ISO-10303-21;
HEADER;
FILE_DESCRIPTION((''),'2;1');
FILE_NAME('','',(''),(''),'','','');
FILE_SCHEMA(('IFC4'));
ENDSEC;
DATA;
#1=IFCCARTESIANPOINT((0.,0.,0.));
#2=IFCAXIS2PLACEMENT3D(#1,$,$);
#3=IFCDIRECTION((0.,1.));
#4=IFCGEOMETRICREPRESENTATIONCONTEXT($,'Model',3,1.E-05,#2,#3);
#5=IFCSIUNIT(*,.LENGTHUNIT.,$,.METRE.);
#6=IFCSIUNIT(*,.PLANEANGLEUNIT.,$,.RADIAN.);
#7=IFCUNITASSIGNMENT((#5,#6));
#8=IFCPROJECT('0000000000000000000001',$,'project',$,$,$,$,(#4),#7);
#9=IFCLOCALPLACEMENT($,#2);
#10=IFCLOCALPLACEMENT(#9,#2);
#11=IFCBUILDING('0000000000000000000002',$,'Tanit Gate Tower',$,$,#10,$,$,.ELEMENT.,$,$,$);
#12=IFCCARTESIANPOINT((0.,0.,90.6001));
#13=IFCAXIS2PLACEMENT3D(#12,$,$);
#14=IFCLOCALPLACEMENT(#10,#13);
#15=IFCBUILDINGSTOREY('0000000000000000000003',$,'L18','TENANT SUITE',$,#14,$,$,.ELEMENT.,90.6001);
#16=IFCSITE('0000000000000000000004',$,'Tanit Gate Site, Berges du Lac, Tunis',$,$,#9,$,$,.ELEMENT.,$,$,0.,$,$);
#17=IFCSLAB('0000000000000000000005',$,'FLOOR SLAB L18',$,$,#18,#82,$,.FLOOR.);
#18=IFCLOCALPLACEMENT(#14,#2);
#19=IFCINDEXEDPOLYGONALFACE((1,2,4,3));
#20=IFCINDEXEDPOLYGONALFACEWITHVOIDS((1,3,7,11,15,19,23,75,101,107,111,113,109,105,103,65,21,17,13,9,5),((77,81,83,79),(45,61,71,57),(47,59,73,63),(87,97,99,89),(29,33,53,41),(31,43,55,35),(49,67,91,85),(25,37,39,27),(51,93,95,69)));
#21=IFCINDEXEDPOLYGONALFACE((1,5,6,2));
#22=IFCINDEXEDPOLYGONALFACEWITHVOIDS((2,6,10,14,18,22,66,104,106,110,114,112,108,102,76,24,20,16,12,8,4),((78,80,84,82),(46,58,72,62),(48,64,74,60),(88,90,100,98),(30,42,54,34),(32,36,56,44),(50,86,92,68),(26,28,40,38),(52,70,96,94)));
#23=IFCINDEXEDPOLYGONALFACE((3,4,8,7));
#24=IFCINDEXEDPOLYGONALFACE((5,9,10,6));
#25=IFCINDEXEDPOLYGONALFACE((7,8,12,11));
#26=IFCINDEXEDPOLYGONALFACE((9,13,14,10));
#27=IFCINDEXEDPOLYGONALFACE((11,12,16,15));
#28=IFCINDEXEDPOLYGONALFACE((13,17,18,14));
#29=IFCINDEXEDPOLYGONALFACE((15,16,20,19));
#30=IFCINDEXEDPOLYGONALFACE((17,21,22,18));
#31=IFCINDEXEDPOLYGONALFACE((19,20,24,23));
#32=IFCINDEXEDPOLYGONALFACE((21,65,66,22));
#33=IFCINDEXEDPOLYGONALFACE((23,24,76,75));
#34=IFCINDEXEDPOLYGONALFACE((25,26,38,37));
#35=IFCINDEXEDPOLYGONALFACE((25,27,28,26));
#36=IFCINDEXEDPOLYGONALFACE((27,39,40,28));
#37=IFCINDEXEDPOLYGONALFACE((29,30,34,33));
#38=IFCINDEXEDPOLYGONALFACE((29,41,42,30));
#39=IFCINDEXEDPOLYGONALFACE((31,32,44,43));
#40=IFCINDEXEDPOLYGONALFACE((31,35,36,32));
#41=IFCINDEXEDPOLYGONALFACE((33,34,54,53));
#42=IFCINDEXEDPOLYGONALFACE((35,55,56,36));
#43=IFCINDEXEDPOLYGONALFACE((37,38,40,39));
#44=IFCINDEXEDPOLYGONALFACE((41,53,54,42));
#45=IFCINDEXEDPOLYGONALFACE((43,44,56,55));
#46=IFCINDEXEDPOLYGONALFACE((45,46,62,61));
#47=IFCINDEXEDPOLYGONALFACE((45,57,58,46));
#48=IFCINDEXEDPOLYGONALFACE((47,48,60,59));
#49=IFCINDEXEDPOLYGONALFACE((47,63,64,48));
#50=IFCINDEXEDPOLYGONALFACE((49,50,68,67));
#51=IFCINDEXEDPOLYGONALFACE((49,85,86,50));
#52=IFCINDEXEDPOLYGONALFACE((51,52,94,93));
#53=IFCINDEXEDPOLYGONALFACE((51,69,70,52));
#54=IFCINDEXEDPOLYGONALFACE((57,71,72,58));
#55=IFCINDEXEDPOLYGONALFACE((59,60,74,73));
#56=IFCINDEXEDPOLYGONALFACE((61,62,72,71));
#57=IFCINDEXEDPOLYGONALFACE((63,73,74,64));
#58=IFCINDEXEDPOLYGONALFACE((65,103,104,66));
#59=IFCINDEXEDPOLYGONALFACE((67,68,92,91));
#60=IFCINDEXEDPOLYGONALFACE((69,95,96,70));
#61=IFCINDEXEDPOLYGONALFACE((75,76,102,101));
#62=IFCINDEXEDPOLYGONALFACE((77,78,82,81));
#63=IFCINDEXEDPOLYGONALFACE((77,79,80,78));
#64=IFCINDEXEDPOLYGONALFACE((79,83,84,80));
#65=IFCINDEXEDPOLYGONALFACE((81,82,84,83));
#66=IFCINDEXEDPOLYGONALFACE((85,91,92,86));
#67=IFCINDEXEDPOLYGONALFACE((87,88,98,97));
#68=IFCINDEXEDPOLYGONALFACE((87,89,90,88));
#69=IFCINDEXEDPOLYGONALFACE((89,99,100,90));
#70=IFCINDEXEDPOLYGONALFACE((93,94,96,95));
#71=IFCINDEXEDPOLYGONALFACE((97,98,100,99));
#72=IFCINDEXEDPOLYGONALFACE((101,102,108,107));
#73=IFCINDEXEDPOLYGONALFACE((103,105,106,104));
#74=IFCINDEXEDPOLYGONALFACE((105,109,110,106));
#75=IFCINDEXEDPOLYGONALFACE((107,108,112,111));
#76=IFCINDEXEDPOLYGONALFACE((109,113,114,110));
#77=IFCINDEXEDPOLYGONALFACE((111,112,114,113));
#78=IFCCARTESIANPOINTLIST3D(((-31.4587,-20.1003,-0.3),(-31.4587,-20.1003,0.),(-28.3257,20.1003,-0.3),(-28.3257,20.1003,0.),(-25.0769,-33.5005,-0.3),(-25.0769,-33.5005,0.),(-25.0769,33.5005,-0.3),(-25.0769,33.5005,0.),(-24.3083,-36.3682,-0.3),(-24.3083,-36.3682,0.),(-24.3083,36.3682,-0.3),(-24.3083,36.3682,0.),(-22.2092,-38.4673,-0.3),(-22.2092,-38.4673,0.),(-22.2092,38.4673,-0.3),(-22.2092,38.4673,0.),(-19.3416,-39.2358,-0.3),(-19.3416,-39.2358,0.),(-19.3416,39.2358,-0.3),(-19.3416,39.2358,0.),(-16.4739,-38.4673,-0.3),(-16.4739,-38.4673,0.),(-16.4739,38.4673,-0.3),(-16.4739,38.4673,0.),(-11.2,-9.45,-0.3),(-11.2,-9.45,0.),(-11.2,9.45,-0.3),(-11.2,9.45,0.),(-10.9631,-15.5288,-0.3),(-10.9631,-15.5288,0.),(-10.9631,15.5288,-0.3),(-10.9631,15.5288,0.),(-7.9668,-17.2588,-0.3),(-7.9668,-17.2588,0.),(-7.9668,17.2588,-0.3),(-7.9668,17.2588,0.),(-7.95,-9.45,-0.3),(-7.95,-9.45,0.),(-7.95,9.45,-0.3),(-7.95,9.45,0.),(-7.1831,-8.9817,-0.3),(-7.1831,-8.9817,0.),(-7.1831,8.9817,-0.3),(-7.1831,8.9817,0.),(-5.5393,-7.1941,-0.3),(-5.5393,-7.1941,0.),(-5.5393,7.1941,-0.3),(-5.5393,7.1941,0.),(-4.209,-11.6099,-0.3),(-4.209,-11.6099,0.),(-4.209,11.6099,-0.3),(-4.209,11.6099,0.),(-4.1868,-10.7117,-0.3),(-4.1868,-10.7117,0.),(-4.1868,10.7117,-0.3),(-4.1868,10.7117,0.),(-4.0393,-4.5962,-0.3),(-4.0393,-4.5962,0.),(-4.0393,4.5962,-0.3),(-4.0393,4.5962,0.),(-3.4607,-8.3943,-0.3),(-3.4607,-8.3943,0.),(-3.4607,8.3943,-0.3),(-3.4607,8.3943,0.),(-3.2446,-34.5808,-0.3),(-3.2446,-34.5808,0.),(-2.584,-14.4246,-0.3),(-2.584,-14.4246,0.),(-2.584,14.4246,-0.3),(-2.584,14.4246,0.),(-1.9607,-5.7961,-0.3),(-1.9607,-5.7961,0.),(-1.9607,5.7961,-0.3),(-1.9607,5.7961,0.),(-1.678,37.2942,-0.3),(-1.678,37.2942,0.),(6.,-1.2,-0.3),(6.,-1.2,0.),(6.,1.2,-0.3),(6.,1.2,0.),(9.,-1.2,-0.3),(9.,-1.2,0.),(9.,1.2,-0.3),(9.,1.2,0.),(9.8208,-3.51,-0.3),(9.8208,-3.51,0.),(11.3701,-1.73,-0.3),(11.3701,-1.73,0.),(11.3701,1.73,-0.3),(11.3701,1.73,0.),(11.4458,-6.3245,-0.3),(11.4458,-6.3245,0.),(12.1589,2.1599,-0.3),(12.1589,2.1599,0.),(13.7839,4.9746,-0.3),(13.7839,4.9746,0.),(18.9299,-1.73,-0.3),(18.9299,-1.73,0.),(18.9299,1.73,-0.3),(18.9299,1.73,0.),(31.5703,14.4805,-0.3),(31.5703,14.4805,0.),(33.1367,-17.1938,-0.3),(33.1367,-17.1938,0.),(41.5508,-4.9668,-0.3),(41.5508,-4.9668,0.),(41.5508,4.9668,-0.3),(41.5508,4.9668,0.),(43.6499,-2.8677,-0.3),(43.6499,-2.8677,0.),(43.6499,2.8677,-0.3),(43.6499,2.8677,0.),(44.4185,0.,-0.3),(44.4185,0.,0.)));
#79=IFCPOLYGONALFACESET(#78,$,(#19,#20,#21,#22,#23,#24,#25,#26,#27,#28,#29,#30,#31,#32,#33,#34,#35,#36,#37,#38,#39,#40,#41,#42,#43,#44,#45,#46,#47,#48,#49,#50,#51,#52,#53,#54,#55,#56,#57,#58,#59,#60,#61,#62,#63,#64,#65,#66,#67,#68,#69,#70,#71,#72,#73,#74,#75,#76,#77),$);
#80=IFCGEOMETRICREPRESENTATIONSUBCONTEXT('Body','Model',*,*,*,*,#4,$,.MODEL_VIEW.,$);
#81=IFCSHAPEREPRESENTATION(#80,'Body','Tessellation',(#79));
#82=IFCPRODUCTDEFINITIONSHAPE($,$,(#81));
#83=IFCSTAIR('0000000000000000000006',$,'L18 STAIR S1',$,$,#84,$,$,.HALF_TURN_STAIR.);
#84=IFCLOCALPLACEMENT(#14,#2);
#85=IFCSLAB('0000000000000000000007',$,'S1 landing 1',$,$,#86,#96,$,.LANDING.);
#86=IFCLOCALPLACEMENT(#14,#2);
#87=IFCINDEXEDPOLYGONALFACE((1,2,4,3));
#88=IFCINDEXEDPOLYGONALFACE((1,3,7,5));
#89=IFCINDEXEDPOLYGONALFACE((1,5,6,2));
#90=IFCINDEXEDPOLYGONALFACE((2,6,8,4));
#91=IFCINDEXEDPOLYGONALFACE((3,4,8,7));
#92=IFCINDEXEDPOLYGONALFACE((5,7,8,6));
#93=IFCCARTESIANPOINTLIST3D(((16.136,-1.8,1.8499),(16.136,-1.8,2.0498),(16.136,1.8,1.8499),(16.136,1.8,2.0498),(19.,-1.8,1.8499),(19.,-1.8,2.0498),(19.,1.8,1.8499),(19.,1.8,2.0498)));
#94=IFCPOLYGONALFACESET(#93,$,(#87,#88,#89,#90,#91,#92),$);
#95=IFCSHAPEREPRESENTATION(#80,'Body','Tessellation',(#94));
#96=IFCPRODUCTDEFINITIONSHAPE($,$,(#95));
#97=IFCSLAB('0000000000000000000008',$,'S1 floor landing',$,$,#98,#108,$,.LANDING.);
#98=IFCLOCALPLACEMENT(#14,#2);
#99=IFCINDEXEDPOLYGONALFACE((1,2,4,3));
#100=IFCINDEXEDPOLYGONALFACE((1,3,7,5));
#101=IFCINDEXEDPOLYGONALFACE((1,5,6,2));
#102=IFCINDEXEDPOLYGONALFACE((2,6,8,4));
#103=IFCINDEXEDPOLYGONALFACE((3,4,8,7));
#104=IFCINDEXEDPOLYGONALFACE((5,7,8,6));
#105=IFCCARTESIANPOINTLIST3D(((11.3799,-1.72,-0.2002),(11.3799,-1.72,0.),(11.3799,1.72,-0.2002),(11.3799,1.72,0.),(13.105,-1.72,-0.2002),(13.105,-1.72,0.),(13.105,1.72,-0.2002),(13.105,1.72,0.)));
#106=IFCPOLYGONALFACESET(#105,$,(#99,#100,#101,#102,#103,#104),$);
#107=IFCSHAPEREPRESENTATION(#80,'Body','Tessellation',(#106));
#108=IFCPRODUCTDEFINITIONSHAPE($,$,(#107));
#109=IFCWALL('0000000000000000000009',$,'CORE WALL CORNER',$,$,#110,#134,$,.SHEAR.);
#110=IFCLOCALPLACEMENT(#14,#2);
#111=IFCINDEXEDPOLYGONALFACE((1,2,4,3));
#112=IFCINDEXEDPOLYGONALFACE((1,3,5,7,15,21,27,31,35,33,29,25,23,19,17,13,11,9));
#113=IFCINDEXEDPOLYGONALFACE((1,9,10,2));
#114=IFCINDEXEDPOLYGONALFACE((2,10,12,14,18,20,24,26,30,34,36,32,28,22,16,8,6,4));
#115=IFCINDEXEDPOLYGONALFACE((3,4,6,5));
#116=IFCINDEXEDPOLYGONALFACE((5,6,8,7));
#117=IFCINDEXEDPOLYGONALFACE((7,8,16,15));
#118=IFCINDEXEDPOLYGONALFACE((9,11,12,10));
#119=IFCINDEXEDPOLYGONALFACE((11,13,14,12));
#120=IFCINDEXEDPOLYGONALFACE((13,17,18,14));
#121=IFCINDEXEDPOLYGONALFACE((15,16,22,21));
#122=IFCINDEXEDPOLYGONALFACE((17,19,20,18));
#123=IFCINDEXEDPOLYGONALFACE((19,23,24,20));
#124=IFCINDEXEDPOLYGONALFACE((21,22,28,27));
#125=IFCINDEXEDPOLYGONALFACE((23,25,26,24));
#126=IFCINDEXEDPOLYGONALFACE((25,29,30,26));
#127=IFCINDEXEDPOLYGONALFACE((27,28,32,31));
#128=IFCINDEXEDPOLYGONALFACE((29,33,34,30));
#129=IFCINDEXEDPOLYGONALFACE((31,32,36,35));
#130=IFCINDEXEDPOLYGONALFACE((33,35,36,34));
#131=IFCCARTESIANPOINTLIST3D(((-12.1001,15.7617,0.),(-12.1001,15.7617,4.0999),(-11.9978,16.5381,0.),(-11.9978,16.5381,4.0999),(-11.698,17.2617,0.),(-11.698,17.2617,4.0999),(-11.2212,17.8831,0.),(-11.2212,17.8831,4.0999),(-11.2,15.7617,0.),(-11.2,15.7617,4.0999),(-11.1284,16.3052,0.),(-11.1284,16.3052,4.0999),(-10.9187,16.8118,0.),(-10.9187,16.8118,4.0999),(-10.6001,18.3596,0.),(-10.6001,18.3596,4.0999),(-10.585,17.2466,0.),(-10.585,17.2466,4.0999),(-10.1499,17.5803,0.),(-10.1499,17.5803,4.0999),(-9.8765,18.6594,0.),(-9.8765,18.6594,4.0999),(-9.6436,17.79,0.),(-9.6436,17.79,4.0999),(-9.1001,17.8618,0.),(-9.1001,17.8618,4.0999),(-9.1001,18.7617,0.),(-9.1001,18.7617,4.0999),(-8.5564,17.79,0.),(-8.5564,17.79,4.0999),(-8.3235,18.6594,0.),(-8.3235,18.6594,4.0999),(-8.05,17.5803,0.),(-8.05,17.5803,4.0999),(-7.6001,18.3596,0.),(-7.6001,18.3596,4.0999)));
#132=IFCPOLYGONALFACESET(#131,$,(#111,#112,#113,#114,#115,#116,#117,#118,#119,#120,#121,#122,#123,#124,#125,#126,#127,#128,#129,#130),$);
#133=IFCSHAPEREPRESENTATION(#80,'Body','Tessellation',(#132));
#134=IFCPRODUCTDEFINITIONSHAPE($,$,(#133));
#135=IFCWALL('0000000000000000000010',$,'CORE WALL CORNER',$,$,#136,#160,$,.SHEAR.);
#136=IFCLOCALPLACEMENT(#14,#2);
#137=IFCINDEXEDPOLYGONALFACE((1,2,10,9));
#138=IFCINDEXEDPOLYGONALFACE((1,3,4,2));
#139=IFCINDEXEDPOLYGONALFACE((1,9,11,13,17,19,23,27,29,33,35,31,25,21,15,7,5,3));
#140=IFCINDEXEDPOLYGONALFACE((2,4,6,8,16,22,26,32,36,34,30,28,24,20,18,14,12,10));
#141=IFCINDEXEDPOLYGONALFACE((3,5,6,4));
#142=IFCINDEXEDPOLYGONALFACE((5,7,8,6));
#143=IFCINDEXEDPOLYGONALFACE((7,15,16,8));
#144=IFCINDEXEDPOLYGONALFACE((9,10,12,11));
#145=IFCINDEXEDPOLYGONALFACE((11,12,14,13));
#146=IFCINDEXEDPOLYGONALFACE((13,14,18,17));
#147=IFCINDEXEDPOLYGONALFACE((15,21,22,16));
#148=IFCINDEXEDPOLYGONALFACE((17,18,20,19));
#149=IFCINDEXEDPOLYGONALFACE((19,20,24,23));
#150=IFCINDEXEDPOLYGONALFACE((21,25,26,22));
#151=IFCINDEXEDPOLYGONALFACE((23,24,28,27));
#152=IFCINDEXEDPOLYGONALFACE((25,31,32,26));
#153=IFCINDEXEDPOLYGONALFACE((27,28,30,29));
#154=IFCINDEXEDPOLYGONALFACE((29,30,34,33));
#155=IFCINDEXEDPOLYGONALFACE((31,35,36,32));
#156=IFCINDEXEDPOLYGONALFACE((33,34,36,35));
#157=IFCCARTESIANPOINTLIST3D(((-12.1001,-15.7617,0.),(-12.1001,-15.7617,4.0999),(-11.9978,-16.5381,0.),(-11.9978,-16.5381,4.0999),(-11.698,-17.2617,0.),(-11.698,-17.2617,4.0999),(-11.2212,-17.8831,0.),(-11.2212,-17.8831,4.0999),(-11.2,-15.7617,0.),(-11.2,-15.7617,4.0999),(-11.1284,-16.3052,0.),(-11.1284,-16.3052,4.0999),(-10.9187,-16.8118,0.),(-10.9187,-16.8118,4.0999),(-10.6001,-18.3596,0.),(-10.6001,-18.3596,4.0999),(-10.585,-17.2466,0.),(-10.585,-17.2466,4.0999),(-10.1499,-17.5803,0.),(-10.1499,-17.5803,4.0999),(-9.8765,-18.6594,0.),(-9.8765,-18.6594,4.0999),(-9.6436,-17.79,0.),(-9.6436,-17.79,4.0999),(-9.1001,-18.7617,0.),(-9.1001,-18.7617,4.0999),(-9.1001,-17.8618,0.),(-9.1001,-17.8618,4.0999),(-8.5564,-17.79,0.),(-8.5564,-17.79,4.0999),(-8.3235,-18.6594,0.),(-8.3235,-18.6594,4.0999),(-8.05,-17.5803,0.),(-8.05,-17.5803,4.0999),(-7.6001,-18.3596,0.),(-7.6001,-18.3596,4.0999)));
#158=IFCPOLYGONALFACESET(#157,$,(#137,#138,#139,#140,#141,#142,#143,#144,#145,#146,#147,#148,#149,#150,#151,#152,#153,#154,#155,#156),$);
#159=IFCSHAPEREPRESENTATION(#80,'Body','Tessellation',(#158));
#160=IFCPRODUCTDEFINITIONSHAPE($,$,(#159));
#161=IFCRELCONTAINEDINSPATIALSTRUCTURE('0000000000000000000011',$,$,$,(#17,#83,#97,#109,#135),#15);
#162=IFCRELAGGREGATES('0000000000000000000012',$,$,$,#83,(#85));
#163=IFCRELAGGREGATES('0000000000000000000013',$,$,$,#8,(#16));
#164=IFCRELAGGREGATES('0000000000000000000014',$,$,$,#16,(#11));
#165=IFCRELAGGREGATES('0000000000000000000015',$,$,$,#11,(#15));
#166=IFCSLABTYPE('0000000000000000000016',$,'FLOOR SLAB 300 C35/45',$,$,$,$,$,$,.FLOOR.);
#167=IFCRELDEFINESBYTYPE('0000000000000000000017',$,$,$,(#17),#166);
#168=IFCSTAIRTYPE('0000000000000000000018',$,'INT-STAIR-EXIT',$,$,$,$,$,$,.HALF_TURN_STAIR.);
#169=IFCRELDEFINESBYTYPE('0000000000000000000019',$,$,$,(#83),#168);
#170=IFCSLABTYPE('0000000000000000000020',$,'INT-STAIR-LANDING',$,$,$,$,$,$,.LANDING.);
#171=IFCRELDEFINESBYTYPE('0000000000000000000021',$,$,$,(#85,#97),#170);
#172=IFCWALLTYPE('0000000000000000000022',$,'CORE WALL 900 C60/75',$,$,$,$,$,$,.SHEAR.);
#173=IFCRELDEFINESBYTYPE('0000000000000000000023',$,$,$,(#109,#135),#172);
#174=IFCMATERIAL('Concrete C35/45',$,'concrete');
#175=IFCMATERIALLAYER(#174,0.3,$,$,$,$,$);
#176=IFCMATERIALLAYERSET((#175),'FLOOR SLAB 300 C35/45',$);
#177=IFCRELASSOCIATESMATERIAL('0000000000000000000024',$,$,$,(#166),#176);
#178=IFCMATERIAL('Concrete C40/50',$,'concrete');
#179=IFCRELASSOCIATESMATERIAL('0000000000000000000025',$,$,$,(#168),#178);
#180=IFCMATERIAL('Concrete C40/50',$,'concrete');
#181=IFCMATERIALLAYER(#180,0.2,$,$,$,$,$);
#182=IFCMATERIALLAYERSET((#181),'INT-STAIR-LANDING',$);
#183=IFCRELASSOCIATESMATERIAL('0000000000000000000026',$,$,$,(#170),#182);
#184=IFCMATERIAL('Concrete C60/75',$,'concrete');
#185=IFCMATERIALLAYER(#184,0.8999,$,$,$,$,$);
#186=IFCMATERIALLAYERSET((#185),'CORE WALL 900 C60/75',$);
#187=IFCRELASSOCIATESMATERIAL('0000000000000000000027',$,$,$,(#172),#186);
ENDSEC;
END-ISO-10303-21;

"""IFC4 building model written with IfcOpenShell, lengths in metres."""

from ifc_helpers import new_model, si_unit, direction, frame, origin, place, context, subcontext, project, spatial, polyline, outline, extrude, material, layer, layer_set, type_object, element, aggregate, save


model = new_model("IFC4")

# Units and contexts
model_context = context("Model", 3, precision=1e-05, world=origin(), true_north=direction((0.0, 1.0)))
body_context = subcontext(model_context, "Body", "Model", "MODEL_VIEW")
ifc_project = project(units=[si_unit("LENGTHUNIT", "METRE"), si_unit("PLANEANGLEUNIT", "RADIAN")], contexts=[model_context])

# Site, building, storey
site_placement = place(None, origin())
site = spatial("IfcSite", under=ifc_project, at=site_placement, Name="Tanit Gate Site, Berges du Lac, Tunis", CompositionType="ELEMENT", RefElevation=0.0)
building_placement = place(site_placement, origin())
building = spatial("IfcBuilding", under=site, at=building_placement, Name="Tanit Gate Tower", CompositionType="ELEMENT")
storey_placement = place(building_placement, frame((0.0, 0.0, 90.6001)))
storey = spatial("IfcBuildingStorey", under=building, at=storey_placement, Name="L18", Description="TENANT SUITE", CompositionType="ELEMENT", Elevation=90.6001)

# Slab
ifc_material_1 = material(Name="Concrete C35/45", Category="concrete")
ifc_layer_1 = layer(ifc_material_1, 0.3)
ifc_layer_set_1 = layer_set([ifc_layer_1], Name="FLOOR SLAB 300 C35/45")
slab_type_1 = type_object("IfcSlabType", Name="FLOOR SLAB 300 C35/45", PredefinedType="FLOOR", material=ifc_layer_set_1)
slab_1_placement = place(storey_placement, frame((0.0, 0.0, -0.3)))
element("IfcSlab", 1, at=slab_1_placement, inside=storey, type_object=slab_type_1, Name="FLOOR SLAB L18", PredefinedType="FLOOR", context=body_context, shape_type="SweptSolid", body=[
    extrude(outline(polyline([(41.5508, 4.9668), (43.6499, 2.8677), (44.4185, 0.0), (43.6499, -2.8677), (41.5508, -4.9668), (33.1367, -17.1938), (-3.2446, -34.5808), (-16.4739, -38.4673), (-19.3416, -39.2358), (-22.2092, -38.4673), (-24.3083, -36.3682), (-25.0769, -33.5005), (-31.4587, -20.1003), (-28.3257, 20.1003), (-25.0769, 33.5005), (-24.3083, 36.3682), (-22.2092, 38.4673), (-19.3416, 39.2358), (-16.4739, 38.4673), (-1.678, 37.2942), (31.5703, 14.4805), (41.5508, 4.9668)]), holes=[polyline([(11.3701, 1.73), (18.9299, 1.73), (18.9299, -1.73), (11.3701, -1.73), (11.3701, 1.73)]), polyline([(-4.209, 11.6099), (-2.584, 14.4246), (13.7839, 4.9746), (12.1589, 2.1599), (-4.209, 11.6099)]), polyline([(-4.209, -11.6099), (9.8208, -3.51), (11.4458, -6.3245), (-2.584, -14.4246), (-4.209, -11.6099)]), polyline([(9.0, 1.2), (9.0, -1.2), (6.0, -1.2), (6.0, 1.2), (9.0, 1.2)]), polyline([(-5.5393, 7.1941), (-3.4607, 8.3943), (-1.9607, 5.7961), (-4.0393, 4.5962), (-5.5393, 7.1941)]), polyline([(-1.9607, -5.7961), (-3.4607, -8.3943), (-5.5393, -7.1941), (-4.0393, -4.5962), (-1.9607, -5.7961)]), polyline([(-10.9631, 15.5288), (-7.9668, 17.2588), (-4.1868, 10.7117), (-7.1831, 8.9817), (-10.9631, 15.5288)]), polyline([(-4.1868, -10.7117), (-7.9668, -17.2588), (-10.9631, -15.5288), (-7.1831, -8.9817), (-4.1868, -10.7117)]), polyline([(-11.2, -9.45), (-11.2, 9.45), (-7.95, 9.45), (-7.95, -9.45), (-11.2, -9.45)])]), origin(), (0.0, 0.0, 1.0), 0.3),
])

# Stair, slab
ifc_material_2 = material(Name="Concrete C40/50", Category="concrete")
stair_type = type_object("IfcStairType", Name="INT-STAIR-EXIT", PredefinedType="HALF_TURN_STAIR", material=ifc_material_2)
stair_placement = place(storey_placement, origin())
stair = element("IfcStair", 2, at=stair_placement, inside=storey, type_object=stair_type, Name="L18 STAIR S1", PredefinedType="HALF_TURN_STAIR")
ifc_material_3 = material(Name="Concrete C40/50", Category="concrete")
ifc_layer_2 = layer(ifc_material_3, 0.2)
ifc_layer_set_2 = layer_set([ifc_layer_2], Name="INT-STAIR-LANDING")
slab_type_2 = type_object("IfcSlabType", Name="INT-STAIR-LANDING", PredefinedType="LANDING", material=ifc_layer_set_2)
slab_2_placement = place(storey_placement, frame((0.0, 0.0, 1.8499)))
slab_2 = element("IfcSlab", 3, at=slab_2_placement, type_object=slab_type_2, Name="S1 landing 1", PredefinedType="LANDING", context=body_context, shape_type="SweptSolid", body=[
    extrude(outline(polyline([(16.136, -1.8), (19.0, -1.8), (19.0, 1.8), (16.136, 1.8), (16.136, -1.8)])), origin(), (0.0, 0.0, 1.0), 0.2),
])
aggregate(stair, [slab_2])

# Slab
slab_3_placement = place(storey_placement, frame((0.0, 0.0, -0.2002)))
element("IfcSlab", 4, at=slab_3_placement, inside=storey, type_object=slab_type_2, Name="S1 floor landing", PredefinedType="LANDING", context=body_context, shape_type="SweptSolid", body=[
    extrude(outline(polyline([(11.3799, -1.72), (13.105, -1.72), (13.105, 1.72), (11.3799, 1.72), (11.3799, -1.72)])), origin(), (0.0, 0.0, 1.0), 0.2002),
])

# Walls
ifc_material_4 = material(Name="Concrete C60/75", Category="concrete")
ifc_layer_3 = layer(ifc_material_4, 0.8999)
ifc_layer_set_3 = layer_set([ifc_layer_3], Name="CORE WALL 900 C60/75")
wall_type_1 = type_object("IfcWallType", Name="CORE WALL 900 C60/75", PredefinedType="SHEAR", material=ifc_layer_set_3)
wall_1_placement = place(storey_placement, origin())
element("IfcWall", 5, at=wall_1_placement, inside=storey, type_object=wall_type_1, Name="CORE WALL CORNER", PredefinedType="SHEAR", context=body_context, shape_type="SweptSolid", body=[
    extrude(outline(polyline([(-7.6001, 18.3596), (-8.3235, 18.6594), (-9.1001, 18.7617), (-9.8765, 18.6594), (-10.6001, 18.3596), (-11.2212, 17.8831), (-11.698, 17.2617), (-11.9978, 16.5381), (-12.1001, 15.7617), (-11.2, 15.7617), (-11.1284, 16.3052), (-10.9187, 16.8118), (-10.585, 17.2466), (-10.1499, 17.5803), (-9.6436, 17.79), (-9.1001, 17.8618), (-8.5564, 17.79), (-8.05, 17.5803), (-7.6001, 18.3596)])), origin(), (0.0, 0.0, 1.0), 4.0999),
])
wall_2_placement = place(storey_placement, origin())
element("IfcWall", 6, at=wall_2_placement, inside=storey, type_object=wall_type_1, Name="CORE WALL CORNER", PredefinedType="SHEAR", context=body_context, shape_type="SweptSolid", body=[
    extrude(outline(polyline([(-12.1001, -15.7617), (-11.9978, -16.5381), (-11.698, -17.2617), (-11.2212, -17.8831), (-10.6001, -18.3596), (-9.8765, -18.6594), (-9.1001, -18.7617), (-8.3235, -18.6594), (-7.6001, -18.3596), (-8.05, -17.5803), (-8.5564, -17.79), (-9.1001, -17.8618), (-9.6436, -17.79), (-10.1499, -17.5803), (-10.585, -17.2466), (-10.9187, -16.8118), (-11.1284, -16.3052), (-11.2, -15.7617), (-12.1001, -15.7617)])), origin(), (0.0, 0.0, 1.0), 4.0999),
])

save(model, "model.ifc")
